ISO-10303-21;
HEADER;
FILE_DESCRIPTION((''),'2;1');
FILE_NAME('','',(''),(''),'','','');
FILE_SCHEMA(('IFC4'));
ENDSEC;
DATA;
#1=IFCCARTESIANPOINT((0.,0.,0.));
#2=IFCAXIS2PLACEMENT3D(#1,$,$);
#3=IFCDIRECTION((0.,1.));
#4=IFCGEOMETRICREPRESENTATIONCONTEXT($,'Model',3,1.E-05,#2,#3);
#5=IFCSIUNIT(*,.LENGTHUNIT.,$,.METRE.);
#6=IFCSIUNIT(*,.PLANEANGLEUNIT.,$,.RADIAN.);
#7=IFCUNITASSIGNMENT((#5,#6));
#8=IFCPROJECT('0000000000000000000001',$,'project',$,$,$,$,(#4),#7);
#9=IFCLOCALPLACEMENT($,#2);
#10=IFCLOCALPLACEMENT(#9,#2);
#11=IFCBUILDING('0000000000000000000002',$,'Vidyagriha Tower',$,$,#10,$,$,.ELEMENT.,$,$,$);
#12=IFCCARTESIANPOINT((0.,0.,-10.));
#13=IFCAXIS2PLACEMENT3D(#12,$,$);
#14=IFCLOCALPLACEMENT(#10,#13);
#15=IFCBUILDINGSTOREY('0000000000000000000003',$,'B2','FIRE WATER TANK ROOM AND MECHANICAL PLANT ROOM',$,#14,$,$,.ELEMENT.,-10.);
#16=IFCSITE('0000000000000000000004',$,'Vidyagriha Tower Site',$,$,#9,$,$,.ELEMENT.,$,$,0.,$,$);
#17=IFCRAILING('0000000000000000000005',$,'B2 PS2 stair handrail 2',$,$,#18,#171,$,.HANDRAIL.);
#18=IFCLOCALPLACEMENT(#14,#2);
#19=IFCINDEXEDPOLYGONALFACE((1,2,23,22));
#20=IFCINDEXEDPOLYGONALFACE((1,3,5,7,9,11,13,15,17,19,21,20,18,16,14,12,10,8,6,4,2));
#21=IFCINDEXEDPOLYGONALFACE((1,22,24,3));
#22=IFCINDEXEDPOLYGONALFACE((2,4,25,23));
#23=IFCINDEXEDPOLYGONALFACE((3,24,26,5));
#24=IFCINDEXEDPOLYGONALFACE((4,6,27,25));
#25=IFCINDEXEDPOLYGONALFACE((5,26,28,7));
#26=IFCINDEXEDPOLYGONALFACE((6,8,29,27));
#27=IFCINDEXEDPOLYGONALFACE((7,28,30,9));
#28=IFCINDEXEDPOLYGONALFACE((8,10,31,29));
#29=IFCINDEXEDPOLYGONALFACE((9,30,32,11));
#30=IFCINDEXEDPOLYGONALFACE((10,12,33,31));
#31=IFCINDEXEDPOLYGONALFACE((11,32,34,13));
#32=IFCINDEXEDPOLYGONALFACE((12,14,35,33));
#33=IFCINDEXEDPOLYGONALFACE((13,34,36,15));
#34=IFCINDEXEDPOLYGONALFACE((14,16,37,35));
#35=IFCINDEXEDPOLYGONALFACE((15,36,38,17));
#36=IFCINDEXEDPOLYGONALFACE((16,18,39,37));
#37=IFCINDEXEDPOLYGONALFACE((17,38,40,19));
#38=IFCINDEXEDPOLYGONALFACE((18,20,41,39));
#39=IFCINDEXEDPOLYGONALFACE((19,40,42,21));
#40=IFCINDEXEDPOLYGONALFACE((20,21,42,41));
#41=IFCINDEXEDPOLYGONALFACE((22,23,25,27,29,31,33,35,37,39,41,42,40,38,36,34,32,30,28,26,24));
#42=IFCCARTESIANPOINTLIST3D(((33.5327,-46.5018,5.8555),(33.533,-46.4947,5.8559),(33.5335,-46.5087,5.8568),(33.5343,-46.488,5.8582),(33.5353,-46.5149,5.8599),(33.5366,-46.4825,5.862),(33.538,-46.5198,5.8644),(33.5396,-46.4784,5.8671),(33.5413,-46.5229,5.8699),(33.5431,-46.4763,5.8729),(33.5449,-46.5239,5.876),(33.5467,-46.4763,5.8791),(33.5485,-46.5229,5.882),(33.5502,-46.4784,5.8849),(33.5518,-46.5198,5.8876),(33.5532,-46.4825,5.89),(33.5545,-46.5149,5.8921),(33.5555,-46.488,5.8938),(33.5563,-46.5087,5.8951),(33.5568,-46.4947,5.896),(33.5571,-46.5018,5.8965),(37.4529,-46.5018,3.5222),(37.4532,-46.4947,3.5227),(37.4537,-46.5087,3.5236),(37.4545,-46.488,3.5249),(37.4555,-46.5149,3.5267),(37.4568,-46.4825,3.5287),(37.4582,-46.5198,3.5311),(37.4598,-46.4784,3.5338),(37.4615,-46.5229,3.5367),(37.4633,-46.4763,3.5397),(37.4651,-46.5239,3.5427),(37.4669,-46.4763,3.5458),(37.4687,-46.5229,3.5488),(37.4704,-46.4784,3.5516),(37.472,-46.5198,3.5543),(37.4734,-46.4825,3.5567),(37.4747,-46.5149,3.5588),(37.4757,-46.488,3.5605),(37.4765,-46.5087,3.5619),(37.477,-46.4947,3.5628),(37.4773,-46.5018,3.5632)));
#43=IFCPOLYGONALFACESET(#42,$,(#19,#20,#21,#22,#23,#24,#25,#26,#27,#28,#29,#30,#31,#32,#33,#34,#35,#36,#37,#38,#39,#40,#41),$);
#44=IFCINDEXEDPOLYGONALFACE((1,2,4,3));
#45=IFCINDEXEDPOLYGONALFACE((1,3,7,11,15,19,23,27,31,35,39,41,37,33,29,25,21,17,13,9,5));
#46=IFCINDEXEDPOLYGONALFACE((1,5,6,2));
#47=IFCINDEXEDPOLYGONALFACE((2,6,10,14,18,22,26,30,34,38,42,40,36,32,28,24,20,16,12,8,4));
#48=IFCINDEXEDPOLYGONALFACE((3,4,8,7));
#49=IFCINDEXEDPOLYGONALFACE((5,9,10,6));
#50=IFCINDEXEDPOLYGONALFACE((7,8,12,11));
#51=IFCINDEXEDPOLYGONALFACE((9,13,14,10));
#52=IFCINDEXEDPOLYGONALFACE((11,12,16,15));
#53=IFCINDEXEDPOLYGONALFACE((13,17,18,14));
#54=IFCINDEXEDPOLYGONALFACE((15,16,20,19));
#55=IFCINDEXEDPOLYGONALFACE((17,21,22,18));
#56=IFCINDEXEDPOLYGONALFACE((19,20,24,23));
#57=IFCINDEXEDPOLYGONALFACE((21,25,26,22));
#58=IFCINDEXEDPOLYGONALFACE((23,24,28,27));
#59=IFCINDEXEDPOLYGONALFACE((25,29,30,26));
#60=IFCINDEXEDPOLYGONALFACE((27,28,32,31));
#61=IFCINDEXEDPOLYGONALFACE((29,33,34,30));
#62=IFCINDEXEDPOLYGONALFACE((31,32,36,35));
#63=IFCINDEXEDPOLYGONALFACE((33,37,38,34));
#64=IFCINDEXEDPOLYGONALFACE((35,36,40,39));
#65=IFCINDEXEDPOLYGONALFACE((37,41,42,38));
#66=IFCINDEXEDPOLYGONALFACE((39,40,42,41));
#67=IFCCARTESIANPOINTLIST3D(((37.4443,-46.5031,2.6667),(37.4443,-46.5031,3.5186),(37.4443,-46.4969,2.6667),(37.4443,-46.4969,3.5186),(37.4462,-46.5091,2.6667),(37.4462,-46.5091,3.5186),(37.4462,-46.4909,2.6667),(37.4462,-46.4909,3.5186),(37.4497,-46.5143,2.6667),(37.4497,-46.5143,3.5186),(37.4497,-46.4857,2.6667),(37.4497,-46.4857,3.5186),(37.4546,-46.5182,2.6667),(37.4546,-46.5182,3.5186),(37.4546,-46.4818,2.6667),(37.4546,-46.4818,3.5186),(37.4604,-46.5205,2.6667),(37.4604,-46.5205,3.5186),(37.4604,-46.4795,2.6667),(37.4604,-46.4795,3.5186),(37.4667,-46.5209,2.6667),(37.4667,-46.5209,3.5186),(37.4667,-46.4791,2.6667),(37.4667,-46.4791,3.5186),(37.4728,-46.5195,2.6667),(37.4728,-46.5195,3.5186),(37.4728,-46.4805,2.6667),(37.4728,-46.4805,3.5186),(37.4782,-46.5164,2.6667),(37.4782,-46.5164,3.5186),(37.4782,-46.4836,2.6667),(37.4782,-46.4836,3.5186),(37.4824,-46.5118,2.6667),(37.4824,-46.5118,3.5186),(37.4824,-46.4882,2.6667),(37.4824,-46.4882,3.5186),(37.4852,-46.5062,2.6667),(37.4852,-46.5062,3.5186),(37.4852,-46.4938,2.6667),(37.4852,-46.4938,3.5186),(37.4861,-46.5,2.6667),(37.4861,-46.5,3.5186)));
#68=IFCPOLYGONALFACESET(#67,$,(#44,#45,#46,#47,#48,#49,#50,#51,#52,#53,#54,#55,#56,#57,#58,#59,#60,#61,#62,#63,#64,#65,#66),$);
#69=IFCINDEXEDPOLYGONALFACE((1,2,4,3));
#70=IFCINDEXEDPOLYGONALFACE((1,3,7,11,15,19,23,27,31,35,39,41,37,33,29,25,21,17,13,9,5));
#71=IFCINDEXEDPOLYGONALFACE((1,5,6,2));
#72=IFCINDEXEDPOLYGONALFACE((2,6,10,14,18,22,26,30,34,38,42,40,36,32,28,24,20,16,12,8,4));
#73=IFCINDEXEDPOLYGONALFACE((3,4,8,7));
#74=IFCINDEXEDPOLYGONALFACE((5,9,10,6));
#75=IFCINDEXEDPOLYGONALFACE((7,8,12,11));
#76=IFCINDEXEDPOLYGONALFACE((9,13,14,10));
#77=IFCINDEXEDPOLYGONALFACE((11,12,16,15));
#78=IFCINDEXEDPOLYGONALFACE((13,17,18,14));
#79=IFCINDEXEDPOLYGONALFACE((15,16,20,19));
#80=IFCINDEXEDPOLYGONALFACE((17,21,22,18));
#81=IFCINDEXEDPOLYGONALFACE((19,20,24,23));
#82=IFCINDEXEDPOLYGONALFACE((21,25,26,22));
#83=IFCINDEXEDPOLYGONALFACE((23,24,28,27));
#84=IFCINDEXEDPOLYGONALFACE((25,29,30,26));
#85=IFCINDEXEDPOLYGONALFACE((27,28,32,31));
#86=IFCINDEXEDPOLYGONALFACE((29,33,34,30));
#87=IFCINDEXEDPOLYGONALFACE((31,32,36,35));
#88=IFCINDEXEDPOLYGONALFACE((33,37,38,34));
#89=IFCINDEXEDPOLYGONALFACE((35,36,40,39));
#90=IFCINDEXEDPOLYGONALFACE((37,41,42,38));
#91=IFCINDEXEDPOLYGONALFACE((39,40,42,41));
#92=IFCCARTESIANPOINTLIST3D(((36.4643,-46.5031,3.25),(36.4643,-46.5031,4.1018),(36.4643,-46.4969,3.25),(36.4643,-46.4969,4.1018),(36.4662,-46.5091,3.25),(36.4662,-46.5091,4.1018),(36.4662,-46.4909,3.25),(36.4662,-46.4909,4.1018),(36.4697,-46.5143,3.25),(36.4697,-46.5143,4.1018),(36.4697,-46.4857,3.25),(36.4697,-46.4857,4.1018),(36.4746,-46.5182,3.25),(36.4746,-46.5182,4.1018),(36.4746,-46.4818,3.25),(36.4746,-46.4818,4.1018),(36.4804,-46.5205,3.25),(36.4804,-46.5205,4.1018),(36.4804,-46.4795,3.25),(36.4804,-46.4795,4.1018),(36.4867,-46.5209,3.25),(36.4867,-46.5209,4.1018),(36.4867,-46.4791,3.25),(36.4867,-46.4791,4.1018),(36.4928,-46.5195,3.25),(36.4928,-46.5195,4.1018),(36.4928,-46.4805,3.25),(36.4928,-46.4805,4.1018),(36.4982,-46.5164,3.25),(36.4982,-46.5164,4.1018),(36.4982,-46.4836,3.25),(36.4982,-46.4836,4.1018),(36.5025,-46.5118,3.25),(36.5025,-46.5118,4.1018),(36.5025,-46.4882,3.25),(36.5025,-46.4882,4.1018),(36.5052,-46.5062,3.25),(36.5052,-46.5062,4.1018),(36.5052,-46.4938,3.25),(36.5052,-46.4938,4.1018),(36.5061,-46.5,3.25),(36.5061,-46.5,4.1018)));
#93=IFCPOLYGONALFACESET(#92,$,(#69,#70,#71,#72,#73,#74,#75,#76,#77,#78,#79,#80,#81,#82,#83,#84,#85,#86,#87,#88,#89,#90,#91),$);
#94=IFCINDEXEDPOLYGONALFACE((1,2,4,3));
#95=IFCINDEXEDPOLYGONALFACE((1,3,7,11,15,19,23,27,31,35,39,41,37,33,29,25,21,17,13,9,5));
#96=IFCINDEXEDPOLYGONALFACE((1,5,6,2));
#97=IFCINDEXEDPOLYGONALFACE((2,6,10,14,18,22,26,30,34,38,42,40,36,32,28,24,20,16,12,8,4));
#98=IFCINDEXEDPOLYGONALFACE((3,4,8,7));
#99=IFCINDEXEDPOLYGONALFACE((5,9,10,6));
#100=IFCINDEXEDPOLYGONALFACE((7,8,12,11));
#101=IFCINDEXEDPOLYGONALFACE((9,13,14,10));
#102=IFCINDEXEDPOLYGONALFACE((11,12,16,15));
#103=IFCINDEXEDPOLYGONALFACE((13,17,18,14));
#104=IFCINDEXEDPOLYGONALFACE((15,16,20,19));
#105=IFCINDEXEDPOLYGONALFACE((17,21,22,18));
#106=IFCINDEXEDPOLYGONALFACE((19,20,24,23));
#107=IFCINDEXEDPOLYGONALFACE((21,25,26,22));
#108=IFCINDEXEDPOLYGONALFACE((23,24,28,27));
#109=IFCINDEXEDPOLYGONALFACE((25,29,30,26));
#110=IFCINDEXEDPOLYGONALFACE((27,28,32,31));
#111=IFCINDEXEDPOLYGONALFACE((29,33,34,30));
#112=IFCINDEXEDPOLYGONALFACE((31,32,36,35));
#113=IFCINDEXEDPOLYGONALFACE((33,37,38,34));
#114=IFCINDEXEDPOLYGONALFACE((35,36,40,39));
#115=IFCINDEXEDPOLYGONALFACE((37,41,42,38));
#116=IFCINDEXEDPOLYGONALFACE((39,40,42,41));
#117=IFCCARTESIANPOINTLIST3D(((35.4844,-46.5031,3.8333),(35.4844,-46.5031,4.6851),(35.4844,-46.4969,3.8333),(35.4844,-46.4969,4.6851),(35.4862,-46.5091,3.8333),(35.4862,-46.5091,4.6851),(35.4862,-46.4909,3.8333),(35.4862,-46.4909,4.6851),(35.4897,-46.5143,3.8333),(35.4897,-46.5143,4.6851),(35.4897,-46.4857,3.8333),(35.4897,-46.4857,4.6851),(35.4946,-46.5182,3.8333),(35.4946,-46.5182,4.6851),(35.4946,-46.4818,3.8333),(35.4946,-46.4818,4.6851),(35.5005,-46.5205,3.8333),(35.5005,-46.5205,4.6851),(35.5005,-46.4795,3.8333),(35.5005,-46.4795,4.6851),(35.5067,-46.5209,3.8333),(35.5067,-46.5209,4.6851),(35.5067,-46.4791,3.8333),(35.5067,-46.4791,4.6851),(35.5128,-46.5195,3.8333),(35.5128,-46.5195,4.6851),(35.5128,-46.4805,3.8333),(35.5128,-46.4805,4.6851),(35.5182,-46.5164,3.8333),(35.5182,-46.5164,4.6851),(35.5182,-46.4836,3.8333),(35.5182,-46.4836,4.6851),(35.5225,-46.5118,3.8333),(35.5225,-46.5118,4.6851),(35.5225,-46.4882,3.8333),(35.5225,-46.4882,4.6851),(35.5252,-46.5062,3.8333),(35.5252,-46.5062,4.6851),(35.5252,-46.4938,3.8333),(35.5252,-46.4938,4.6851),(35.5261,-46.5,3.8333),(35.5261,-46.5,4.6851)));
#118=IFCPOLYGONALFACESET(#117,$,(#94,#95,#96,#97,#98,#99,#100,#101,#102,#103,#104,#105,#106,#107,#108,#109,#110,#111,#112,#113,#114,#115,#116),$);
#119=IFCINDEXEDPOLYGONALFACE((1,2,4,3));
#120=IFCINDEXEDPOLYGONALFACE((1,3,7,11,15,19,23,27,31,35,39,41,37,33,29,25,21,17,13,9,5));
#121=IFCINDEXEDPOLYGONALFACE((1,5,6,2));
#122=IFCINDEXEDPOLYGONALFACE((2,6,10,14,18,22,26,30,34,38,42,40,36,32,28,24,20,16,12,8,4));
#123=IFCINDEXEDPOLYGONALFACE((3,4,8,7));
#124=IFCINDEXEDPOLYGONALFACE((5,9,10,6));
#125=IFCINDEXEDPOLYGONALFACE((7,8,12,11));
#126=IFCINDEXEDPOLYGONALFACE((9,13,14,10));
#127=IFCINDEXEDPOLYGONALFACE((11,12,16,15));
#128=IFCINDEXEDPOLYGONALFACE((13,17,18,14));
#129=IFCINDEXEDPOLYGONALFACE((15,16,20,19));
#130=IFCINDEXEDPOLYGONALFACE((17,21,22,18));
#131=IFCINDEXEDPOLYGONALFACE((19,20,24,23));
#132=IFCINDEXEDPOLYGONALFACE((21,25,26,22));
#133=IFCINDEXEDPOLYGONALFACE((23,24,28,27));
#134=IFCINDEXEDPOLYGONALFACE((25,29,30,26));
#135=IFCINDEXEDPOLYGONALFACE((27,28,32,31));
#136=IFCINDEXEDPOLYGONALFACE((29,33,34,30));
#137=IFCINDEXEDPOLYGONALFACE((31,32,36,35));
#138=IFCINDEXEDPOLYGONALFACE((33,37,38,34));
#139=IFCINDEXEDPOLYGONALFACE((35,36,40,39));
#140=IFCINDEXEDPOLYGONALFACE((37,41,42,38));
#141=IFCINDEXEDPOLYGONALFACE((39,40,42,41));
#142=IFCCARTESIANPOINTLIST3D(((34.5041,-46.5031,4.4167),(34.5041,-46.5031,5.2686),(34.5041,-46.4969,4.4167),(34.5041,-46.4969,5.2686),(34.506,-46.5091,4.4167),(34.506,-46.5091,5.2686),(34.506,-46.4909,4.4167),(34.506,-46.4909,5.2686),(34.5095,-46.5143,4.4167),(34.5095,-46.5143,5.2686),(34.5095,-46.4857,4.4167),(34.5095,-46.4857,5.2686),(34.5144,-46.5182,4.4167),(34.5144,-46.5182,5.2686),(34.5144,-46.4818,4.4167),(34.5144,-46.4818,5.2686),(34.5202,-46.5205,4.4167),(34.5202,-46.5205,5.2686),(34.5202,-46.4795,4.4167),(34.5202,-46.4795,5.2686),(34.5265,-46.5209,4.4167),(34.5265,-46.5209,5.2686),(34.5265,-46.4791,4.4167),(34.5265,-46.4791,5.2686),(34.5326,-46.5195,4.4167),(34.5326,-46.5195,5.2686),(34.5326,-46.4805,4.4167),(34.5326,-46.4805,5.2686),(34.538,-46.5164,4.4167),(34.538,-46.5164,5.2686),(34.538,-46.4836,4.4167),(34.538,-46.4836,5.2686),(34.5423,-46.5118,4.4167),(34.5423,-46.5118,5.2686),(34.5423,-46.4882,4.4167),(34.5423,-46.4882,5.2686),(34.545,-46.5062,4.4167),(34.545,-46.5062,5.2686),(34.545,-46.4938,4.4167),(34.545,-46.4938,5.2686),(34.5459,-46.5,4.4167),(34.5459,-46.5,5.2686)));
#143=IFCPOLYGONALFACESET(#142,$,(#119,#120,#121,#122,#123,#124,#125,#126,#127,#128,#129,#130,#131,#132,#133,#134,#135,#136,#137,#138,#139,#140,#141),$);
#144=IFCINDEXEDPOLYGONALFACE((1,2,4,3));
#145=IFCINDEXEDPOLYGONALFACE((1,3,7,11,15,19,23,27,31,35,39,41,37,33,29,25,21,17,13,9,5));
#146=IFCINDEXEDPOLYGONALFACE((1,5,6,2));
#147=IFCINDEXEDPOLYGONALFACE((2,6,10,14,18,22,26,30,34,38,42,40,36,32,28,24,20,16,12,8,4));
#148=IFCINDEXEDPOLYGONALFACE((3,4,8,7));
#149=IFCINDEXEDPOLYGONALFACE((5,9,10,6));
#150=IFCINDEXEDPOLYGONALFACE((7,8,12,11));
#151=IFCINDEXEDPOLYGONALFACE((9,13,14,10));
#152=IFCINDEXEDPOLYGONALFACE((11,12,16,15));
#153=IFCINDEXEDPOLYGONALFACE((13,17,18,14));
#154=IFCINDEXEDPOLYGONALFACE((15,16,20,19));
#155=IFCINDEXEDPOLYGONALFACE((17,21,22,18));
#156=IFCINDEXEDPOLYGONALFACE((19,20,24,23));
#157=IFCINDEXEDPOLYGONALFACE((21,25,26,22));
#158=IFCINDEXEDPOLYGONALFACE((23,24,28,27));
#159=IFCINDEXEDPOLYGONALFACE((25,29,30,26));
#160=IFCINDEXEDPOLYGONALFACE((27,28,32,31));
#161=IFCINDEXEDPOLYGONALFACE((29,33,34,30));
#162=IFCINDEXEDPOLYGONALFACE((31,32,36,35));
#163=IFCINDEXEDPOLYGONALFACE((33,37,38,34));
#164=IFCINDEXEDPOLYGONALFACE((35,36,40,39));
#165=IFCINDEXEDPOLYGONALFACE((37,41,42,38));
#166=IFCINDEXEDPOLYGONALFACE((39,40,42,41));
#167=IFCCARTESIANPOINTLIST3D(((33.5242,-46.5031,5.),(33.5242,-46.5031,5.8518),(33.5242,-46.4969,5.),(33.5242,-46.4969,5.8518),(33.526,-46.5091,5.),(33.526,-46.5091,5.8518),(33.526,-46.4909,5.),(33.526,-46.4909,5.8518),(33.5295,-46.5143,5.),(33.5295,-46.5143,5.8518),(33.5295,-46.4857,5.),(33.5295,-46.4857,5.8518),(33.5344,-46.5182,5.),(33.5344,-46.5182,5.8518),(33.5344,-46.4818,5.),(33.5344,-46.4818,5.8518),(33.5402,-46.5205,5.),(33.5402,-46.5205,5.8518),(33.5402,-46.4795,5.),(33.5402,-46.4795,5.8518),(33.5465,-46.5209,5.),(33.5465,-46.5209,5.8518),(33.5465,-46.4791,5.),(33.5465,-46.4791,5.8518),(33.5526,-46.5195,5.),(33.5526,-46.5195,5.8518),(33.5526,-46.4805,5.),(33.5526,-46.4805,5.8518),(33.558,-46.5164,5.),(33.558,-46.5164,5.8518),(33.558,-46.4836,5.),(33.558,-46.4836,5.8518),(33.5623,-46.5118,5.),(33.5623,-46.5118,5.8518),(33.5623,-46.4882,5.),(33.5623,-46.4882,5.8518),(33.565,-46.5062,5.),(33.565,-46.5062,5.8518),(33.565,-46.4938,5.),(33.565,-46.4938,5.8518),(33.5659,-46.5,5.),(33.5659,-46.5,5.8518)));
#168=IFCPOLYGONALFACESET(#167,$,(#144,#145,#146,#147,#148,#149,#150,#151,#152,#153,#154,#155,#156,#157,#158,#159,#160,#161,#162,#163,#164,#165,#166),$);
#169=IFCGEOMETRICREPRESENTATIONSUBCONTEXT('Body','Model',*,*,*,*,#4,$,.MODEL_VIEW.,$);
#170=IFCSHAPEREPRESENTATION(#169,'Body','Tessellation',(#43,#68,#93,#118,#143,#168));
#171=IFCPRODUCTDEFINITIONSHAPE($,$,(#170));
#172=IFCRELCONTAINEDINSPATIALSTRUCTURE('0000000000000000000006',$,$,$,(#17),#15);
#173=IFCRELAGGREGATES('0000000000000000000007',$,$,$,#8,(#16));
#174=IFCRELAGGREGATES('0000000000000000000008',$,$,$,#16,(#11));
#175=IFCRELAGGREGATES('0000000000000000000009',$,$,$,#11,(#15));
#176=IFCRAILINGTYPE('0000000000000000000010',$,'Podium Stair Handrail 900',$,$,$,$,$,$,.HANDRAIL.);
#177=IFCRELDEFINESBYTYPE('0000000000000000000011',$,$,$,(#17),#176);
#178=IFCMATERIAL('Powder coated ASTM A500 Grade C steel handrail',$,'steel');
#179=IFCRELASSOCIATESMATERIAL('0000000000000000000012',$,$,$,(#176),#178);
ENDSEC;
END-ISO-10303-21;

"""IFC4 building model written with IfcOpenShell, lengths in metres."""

from ifc_helpers import new_model, si_unit, direction, frame, origin, origin_2d, place, context, subcontext, project, spatial, circle, extrude, material, type_object, element, save


model = new_model("IFC4")

# Units and contexts
model_context = context("Model", 3, precision=1e-05, world=origin(), true_north=direction((0.0, 1.0)))
body_context = subcontext(model_context, "Body", "Model", "MODEL_VIEW")
ifc_project = project(units=[si_unit("LENGTHUNIT", "METRE"), si_unit("PLANEANGLEUNIT", "RADIAN")], contexts=[model_context])

# Site, building, storey
site_placement = place(None, origin())
site = spatial("IfcSite", under=ifc_project, at=site_placement, Name="Vidyagriha Tower Site", CompositionType="ELEMENT", RefElevation=0.0)
building_placement = place(site_placement, origin())
building = spatial("IfcBuilding", under=site, at=building_placement, Name="Vidyagriha Tower", CompositionType="ELEMENT")
storey_placement = place(building_placement, frame((0.0, 0.0, -10.0)))
storey = spatial("IfcBuildingStorey", under=building, at=storey_placement, Name="B2", Description="FIRE WATER TANK ROOM AND MECHANICAL PLANT ROOM", CompositionType="ELEMENT", Elevation=-10.0)

# Railing
ifc_material_1 = material(Name="Powder coated ASTM A500 Grade C steel handrail", Category="steel")
railing_type_1 = type_object("IfcRailingType", Name="Podium Stair Handrail 900", PredefinedType="HANDRAIL", material=ifc_material_1)
railing_1_placement = place(storey_placement, frame((37.4651, -46.5, 2.6667)))
element("IfcRailing", 1, at=railing_1_placement, inside=storey, type_object=railing_type_1, Name="B2 PS2 stair handrail 2", PredefinedType="HANDRAIL", context=body_context, shape_type="SweptSolid", body=[
    extrude(circle(Radius=0.0239, at=origin_2d()), frame((0.0, 0.0, 0.876), z_axis=(-0.85931, 0.0, 0.511455), x_axis=(0.0, -1.0, 0.0)), (0.0, 0.0, 1.0), 4.562),
    extrude(circle(Radius=0.021, at=origin_2d()), origin(), (0.0, 0.0, 1.0), 0.8518),
    extrude(circle(Radius=0.021, at=origin_2d()), frame((-0.98, 0.0, 0.5833)), (0.0, 0.0, 1.0), 0.8518),
    extrude(circle(Radius=0.021, at=origin_2d()), frame((-1.96, 0.0, 1.1665)), (0.0, 0.0, 1.0), 0.8518),
    extrude(circle(Radius=0.021, at=origin_2d()), frame((-2.9402, 0.0, 1.75)), (0.0, 0.0, 1.0), 0.8518),
    extrude(circle(Radius=0.021, at=origin_2d()), frame((-3.9202, 0.0, 2.3333)), (0.0, 0.0, 1.0), 0.8518),
])

save(model, "model.ifc")
